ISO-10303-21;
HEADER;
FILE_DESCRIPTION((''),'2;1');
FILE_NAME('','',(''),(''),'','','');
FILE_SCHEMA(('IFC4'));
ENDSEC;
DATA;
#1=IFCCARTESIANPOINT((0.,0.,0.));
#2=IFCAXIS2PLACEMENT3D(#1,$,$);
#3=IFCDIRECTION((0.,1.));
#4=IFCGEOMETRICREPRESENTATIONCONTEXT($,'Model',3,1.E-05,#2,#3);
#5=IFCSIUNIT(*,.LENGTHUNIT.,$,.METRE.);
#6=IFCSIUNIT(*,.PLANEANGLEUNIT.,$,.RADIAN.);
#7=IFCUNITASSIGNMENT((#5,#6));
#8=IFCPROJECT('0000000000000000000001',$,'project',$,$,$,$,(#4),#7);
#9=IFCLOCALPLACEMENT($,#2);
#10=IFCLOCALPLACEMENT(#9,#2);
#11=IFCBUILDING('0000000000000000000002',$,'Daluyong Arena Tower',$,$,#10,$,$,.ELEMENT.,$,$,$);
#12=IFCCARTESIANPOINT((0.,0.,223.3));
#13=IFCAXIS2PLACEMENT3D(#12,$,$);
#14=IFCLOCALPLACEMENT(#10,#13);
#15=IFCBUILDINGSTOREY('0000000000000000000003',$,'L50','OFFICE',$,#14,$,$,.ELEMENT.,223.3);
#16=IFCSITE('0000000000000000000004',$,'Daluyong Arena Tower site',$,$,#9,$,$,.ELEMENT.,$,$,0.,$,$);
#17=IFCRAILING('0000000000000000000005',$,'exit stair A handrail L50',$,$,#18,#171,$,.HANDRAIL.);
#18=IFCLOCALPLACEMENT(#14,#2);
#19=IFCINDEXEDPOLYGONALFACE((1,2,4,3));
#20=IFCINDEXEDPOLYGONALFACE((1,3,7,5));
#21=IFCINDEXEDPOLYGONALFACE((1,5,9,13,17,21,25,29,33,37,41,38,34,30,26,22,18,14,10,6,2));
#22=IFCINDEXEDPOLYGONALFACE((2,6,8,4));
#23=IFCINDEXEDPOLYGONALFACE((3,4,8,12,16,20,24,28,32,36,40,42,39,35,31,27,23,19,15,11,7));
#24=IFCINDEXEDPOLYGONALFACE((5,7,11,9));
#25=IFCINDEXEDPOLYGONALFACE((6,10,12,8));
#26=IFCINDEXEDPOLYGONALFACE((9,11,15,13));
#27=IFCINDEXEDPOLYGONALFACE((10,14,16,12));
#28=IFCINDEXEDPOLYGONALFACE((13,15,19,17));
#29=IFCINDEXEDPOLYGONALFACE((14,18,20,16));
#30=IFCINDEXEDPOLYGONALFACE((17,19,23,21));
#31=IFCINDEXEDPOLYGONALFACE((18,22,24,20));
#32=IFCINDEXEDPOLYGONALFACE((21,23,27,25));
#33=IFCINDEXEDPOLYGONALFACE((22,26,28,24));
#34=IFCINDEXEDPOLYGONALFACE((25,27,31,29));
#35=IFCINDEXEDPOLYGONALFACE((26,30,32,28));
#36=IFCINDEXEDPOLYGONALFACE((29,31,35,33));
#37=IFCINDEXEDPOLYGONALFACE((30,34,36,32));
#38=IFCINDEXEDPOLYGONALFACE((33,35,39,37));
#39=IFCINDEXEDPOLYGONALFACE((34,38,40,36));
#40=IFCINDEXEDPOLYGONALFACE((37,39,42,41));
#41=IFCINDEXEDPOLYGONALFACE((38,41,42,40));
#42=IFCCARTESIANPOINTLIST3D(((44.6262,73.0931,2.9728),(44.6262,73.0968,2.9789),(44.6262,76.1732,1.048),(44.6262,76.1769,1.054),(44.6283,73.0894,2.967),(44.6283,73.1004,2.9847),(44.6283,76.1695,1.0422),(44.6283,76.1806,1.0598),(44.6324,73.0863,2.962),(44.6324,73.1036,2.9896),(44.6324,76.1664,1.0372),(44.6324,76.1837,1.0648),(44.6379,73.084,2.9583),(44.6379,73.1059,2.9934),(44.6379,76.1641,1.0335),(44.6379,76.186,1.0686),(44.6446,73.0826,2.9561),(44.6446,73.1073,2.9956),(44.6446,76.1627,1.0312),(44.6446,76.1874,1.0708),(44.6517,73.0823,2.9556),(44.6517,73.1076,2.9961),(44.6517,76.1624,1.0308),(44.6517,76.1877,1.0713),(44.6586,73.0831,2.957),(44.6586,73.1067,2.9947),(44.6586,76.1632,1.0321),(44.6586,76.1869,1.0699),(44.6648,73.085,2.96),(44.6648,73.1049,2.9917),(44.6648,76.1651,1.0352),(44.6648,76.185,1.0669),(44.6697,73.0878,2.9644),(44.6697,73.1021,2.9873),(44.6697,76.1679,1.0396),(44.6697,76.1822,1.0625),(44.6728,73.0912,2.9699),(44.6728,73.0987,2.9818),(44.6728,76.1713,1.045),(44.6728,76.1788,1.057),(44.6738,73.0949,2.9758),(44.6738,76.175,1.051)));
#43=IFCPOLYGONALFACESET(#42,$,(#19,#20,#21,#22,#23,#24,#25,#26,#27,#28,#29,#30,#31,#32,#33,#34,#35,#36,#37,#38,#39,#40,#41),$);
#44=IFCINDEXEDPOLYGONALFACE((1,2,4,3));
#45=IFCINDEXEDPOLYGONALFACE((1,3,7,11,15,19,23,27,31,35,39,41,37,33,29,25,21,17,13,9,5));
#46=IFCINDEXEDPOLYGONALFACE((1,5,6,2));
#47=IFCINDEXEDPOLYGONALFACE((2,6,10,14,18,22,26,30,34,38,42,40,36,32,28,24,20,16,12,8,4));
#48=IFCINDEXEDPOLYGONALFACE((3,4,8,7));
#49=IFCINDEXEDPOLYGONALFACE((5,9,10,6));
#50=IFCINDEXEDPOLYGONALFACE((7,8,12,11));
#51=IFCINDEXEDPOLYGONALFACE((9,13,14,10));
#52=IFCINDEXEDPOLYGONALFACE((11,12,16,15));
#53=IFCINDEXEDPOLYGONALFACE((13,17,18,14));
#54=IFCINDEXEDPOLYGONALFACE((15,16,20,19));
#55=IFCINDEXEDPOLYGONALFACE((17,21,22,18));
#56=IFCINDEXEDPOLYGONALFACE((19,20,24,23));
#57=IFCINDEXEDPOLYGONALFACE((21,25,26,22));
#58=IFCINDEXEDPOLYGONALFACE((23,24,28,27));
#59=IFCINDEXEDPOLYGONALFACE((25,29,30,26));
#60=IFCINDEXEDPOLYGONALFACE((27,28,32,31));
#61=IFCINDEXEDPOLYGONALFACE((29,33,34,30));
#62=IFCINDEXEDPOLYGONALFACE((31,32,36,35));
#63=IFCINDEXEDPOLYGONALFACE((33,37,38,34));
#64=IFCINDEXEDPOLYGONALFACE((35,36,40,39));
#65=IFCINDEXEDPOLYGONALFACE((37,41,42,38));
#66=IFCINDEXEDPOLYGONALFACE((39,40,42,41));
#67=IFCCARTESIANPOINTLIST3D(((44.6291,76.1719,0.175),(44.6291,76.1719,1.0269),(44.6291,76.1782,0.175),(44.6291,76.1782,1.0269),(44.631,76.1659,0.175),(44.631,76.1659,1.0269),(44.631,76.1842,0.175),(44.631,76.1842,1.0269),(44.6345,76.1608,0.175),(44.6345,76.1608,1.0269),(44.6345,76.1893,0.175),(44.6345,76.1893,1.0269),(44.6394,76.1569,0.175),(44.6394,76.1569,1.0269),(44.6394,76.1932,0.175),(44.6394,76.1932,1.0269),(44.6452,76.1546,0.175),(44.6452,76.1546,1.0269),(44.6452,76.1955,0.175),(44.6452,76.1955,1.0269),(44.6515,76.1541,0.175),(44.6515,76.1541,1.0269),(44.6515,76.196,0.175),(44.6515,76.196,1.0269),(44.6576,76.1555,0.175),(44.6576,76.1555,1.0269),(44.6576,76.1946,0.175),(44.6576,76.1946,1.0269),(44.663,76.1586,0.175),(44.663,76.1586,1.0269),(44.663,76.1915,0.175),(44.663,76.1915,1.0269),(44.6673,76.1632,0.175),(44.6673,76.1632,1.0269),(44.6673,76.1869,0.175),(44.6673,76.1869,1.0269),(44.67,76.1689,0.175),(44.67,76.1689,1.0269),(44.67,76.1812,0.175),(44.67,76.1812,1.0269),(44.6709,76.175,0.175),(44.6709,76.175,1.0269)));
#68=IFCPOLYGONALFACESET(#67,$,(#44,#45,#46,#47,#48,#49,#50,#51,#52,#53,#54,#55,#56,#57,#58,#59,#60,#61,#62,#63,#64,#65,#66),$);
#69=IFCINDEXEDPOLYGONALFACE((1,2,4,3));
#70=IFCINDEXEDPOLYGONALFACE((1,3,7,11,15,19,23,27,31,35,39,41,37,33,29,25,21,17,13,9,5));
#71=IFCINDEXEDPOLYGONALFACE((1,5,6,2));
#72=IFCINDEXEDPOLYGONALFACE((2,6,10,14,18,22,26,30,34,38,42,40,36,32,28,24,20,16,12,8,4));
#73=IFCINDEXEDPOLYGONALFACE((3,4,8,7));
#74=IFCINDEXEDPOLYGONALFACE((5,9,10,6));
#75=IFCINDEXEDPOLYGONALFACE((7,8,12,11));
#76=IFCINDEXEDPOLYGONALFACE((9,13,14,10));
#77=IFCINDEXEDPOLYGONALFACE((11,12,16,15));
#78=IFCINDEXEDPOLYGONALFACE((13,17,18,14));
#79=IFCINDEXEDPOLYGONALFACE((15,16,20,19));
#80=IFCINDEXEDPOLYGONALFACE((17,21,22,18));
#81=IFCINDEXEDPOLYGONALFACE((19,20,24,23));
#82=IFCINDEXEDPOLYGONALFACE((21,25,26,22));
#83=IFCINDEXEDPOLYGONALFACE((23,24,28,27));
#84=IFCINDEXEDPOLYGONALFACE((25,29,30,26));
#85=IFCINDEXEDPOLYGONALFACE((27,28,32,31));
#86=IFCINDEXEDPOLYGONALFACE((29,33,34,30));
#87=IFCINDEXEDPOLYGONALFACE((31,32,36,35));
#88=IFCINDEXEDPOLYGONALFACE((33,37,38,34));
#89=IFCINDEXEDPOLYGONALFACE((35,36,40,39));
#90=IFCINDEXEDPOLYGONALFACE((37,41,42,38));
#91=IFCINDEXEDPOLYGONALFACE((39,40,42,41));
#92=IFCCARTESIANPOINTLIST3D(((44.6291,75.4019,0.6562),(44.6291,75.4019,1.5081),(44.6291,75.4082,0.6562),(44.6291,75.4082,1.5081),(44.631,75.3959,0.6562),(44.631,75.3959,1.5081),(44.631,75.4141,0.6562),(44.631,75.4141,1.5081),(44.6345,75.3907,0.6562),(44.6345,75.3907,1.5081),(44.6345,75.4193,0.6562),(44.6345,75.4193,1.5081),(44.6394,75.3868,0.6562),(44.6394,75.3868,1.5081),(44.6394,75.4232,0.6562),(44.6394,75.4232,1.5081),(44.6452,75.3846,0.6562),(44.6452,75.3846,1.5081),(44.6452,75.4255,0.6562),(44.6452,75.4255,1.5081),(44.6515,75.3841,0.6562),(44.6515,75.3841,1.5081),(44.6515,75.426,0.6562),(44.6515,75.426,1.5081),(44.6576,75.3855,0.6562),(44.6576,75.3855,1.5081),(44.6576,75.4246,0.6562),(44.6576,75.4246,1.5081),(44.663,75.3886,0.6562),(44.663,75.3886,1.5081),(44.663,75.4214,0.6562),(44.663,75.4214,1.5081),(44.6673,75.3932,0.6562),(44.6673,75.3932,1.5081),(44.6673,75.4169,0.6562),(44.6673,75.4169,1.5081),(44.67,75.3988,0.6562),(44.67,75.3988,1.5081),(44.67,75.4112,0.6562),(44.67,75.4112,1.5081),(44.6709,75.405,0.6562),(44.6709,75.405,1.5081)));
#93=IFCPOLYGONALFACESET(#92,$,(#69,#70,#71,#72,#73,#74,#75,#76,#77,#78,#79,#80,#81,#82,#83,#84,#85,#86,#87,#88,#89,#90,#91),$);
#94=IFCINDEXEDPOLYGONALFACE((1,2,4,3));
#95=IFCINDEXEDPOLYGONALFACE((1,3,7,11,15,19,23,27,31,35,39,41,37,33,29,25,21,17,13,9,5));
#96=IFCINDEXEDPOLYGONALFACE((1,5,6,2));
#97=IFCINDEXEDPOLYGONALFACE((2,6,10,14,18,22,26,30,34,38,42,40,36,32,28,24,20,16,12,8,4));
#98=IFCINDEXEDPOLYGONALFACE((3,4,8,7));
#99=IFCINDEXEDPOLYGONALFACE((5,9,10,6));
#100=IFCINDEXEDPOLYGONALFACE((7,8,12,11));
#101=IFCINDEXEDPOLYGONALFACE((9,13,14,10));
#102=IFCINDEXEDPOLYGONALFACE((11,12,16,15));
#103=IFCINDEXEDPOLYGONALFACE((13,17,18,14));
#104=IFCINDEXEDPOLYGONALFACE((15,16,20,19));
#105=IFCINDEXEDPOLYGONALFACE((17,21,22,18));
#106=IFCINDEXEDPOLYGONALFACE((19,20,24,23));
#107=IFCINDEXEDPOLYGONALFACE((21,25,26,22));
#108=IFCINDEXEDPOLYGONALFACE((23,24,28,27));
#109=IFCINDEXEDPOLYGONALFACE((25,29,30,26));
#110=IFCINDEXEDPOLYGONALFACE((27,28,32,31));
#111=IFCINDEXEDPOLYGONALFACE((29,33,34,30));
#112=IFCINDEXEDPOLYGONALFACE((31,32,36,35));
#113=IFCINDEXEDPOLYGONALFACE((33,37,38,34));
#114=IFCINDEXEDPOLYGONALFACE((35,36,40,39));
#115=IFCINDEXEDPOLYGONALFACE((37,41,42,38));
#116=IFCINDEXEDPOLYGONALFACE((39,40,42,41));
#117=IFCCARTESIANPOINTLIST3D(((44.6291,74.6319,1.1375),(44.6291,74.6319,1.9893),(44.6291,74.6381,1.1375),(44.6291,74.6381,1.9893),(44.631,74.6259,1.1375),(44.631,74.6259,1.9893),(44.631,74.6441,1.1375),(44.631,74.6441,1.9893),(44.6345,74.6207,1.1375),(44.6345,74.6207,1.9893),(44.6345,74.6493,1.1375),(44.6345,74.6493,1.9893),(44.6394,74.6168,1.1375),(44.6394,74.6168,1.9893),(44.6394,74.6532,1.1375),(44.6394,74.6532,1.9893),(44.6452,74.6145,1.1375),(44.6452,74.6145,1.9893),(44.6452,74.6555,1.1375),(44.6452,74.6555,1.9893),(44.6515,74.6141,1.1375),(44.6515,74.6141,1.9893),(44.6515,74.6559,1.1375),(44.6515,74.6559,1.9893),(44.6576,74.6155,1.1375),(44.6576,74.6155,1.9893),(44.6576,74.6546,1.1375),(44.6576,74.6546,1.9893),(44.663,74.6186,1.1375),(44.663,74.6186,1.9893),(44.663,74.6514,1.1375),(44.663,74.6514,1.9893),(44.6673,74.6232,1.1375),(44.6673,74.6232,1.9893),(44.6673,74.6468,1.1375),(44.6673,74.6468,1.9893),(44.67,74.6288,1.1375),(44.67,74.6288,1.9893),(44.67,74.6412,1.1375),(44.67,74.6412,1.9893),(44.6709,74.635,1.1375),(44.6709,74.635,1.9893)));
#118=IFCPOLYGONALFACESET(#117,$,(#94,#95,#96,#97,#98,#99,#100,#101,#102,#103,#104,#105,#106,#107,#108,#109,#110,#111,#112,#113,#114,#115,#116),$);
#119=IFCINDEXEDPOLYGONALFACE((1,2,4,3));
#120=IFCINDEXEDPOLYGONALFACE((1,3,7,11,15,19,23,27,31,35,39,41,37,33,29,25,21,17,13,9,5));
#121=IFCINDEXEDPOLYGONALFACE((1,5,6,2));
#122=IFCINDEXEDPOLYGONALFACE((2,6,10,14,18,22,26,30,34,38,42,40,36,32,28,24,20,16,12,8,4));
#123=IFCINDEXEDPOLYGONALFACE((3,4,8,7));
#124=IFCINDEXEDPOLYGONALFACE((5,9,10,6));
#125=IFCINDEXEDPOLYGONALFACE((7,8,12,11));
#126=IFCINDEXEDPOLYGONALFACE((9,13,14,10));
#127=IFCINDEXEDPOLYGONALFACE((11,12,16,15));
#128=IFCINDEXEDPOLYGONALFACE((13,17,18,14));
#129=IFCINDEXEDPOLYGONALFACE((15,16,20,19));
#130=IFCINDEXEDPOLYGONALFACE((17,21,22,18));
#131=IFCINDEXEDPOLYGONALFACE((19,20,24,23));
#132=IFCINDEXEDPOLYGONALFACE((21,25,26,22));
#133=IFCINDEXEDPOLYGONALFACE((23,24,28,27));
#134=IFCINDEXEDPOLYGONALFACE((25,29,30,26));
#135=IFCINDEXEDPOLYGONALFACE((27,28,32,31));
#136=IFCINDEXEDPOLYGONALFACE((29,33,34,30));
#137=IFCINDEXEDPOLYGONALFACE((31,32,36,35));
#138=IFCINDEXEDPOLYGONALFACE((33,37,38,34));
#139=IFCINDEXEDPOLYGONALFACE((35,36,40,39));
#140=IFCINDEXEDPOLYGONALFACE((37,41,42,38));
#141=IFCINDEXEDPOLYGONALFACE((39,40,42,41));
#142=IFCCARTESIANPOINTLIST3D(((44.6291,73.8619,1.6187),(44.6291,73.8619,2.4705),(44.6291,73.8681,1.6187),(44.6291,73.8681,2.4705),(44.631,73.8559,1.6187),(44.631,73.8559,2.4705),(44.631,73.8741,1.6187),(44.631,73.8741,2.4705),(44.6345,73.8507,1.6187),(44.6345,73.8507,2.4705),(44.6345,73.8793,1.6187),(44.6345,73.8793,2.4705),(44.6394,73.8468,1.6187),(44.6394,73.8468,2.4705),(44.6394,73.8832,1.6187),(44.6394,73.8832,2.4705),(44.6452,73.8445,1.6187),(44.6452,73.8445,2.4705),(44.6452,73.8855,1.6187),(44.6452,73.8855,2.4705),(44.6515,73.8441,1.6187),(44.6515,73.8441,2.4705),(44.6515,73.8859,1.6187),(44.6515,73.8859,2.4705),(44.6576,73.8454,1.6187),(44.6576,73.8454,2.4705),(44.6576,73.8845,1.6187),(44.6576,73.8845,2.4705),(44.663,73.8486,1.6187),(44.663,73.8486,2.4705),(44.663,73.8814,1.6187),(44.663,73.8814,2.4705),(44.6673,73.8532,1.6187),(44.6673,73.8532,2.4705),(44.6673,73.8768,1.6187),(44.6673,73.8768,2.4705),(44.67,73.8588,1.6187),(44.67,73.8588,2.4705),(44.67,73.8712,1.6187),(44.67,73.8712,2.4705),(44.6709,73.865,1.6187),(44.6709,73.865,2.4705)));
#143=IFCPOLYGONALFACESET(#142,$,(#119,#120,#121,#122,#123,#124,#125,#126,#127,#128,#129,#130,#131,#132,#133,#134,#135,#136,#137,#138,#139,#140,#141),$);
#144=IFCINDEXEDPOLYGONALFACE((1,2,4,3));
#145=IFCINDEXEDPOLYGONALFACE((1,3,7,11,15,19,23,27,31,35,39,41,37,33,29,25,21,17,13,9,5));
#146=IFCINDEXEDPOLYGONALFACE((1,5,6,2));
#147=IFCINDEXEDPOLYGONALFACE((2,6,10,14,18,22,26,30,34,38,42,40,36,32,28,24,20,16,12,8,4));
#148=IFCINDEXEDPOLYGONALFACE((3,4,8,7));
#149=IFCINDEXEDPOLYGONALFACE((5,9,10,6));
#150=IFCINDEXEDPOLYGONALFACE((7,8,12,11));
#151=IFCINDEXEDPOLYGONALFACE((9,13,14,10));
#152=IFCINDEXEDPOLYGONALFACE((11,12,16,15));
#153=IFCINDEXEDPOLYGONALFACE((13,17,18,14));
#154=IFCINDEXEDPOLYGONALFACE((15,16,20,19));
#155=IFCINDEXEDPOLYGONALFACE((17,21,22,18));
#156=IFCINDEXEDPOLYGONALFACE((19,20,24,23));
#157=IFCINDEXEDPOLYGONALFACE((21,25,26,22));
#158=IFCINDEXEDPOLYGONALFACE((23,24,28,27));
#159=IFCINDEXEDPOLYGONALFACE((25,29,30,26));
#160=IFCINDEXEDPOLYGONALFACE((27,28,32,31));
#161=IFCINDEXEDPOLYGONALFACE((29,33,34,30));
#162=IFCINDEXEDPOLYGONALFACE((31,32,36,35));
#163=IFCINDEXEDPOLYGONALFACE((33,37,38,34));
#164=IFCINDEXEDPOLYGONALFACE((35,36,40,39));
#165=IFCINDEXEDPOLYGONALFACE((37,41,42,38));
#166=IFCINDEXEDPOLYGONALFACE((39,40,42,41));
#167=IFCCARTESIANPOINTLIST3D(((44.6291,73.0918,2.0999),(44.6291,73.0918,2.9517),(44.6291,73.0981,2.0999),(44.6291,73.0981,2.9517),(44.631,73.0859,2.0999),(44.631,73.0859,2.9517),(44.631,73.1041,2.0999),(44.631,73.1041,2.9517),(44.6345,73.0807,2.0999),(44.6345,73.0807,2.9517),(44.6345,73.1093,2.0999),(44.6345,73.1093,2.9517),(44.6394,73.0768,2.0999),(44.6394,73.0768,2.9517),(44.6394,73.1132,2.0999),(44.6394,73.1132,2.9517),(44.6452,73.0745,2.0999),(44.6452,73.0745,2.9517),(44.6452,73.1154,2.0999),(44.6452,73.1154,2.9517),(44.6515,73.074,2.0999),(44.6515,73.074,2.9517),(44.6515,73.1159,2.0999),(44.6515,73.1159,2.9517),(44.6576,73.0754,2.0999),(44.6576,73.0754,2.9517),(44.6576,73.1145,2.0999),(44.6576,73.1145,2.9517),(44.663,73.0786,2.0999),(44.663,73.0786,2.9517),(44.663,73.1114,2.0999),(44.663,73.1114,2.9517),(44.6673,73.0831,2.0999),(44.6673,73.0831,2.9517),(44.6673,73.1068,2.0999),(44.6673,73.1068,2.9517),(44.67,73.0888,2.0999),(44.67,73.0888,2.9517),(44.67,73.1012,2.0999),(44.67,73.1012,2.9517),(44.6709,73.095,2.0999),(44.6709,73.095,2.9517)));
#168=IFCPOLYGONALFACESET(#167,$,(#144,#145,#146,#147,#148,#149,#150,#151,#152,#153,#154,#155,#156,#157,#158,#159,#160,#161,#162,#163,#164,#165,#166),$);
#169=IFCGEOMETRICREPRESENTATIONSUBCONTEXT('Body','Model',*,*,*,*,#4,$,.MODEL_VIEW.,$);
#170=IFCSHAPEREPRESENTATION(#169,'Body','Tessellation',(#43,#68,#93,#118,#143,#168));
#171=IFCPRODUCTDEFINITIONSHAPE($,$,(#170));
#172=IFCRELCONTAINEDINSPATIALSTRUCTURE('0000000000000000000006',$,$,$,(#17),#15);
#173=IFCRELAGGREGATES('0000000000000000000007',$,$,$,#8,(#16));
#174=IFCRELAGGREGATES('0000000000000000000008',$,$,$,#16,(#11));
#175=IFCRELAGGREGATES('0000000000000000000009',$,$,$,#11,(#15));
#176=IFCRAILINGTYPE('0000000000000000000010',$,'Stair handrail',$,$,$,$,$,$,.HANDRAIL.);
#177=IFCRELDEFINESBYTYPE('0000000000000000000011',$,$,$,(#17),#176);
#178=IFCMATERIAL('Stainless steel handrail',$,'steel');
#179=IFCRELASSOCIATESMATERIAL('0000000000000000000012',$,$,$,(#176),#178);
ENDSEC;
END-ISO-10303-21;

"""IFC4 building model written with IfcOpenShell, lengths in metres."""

from ifc_helpers import new_model, si_unit, direction, frame, origin, origin_2d, place, context, subcontext, project, spatial, circle, extrude, material, type_object, element, save


model = new_model("IFC4")

# Units and contexts
model_context = context("Model", 3, precision=1e-05, world=origin(), true_north=direction((0.0, 1.0)))
body_context = subcontext(model_context, "Body", "Model", "MODEL_VIEW")
ifc_project = project(units=[si_unit("LENGTHUNIT", "METRE"), si_unit("PLANEANGLEUNIT", "RADIAN")], contexts=[model_context])

# Site, building, storey
site_placement = place(None, origin())
site = spatial("IfcSite", under=ifc_project, at=site_placement, Name="Daluyong Arena Tower site", CompositionType="ELEMENT", RefElevation=0.0)
building_placement = place(site_placement, origin())
building = spatial("IfcBuilding", under=site, at=building_placement, Name="Daluyong Arena Tower", CompositionType="ELEMENT")
storey_placement = place(building_placement, frame((0.0, 0.0, 223.3)))
storey = spatial("IfcBuildingStorey", under=building, at=storey_placement, Name="L50", Description="OFFICE", CompositionType="ELEMENT", Elevation=223.3)

# Railing
ifc_material_1 = material(Name="Stainless steel handrail", Category="steel")
railing_type_1 = type_object("IfcRailingType", Name="Stair handrail", PredefinedType="HANDRAIL", material=ifc_material_1)
railing_1_placement = place(storey_placement, frame((44.6499, 76.175, 0.175)))
element("IfcRailing", 1, at=railing_1_placement, inside=storey, type_object=railing_type_1, Name="exit stair A handrail L50", PredefinedType="HANDRAIL", context=body_context, shape_type="SweptSolid", body=[
    extrude(circle(Radius=0.0239, at=origin_2d()), frame((0.0, 0.0, 0.876), z_axis=(0.0, -0.848029, 0.529951), x_axis=(1.0, 0.0, 0.0)), (0.0, 0.0, 1.0), 3.6321),
    extrude(circle(Radius=0.021, at=origin_2d()), origin(), (0.0, 0.0, 1.0), 0.8518),
    extrude(circle(Radius=0.021, at=origin_2d()), frame((0.0, -0.77, 0.4812)), (0.0, 0.0, 1.0), 0.8518),
    extrude(circle(Radius=0.021, at=origin_2d()), frame((0.0, -1.54, 0.9624)), (0.0, 0.0, 1.0), 0.8518),
    extrude(circle(Radius=0.021, at=origin_2d()), frame((0.0, -2.3101, 1.4436)), (0.0, 0.0, 1.0), 0.8518),
    extrude(circle(Radius=0.021, at=origin_2d()), frame((0.0, -3.0801, 1.9248)), (0.0, 0.0, 1.0), 0.8518),
])

save(model, "model.ifc")
